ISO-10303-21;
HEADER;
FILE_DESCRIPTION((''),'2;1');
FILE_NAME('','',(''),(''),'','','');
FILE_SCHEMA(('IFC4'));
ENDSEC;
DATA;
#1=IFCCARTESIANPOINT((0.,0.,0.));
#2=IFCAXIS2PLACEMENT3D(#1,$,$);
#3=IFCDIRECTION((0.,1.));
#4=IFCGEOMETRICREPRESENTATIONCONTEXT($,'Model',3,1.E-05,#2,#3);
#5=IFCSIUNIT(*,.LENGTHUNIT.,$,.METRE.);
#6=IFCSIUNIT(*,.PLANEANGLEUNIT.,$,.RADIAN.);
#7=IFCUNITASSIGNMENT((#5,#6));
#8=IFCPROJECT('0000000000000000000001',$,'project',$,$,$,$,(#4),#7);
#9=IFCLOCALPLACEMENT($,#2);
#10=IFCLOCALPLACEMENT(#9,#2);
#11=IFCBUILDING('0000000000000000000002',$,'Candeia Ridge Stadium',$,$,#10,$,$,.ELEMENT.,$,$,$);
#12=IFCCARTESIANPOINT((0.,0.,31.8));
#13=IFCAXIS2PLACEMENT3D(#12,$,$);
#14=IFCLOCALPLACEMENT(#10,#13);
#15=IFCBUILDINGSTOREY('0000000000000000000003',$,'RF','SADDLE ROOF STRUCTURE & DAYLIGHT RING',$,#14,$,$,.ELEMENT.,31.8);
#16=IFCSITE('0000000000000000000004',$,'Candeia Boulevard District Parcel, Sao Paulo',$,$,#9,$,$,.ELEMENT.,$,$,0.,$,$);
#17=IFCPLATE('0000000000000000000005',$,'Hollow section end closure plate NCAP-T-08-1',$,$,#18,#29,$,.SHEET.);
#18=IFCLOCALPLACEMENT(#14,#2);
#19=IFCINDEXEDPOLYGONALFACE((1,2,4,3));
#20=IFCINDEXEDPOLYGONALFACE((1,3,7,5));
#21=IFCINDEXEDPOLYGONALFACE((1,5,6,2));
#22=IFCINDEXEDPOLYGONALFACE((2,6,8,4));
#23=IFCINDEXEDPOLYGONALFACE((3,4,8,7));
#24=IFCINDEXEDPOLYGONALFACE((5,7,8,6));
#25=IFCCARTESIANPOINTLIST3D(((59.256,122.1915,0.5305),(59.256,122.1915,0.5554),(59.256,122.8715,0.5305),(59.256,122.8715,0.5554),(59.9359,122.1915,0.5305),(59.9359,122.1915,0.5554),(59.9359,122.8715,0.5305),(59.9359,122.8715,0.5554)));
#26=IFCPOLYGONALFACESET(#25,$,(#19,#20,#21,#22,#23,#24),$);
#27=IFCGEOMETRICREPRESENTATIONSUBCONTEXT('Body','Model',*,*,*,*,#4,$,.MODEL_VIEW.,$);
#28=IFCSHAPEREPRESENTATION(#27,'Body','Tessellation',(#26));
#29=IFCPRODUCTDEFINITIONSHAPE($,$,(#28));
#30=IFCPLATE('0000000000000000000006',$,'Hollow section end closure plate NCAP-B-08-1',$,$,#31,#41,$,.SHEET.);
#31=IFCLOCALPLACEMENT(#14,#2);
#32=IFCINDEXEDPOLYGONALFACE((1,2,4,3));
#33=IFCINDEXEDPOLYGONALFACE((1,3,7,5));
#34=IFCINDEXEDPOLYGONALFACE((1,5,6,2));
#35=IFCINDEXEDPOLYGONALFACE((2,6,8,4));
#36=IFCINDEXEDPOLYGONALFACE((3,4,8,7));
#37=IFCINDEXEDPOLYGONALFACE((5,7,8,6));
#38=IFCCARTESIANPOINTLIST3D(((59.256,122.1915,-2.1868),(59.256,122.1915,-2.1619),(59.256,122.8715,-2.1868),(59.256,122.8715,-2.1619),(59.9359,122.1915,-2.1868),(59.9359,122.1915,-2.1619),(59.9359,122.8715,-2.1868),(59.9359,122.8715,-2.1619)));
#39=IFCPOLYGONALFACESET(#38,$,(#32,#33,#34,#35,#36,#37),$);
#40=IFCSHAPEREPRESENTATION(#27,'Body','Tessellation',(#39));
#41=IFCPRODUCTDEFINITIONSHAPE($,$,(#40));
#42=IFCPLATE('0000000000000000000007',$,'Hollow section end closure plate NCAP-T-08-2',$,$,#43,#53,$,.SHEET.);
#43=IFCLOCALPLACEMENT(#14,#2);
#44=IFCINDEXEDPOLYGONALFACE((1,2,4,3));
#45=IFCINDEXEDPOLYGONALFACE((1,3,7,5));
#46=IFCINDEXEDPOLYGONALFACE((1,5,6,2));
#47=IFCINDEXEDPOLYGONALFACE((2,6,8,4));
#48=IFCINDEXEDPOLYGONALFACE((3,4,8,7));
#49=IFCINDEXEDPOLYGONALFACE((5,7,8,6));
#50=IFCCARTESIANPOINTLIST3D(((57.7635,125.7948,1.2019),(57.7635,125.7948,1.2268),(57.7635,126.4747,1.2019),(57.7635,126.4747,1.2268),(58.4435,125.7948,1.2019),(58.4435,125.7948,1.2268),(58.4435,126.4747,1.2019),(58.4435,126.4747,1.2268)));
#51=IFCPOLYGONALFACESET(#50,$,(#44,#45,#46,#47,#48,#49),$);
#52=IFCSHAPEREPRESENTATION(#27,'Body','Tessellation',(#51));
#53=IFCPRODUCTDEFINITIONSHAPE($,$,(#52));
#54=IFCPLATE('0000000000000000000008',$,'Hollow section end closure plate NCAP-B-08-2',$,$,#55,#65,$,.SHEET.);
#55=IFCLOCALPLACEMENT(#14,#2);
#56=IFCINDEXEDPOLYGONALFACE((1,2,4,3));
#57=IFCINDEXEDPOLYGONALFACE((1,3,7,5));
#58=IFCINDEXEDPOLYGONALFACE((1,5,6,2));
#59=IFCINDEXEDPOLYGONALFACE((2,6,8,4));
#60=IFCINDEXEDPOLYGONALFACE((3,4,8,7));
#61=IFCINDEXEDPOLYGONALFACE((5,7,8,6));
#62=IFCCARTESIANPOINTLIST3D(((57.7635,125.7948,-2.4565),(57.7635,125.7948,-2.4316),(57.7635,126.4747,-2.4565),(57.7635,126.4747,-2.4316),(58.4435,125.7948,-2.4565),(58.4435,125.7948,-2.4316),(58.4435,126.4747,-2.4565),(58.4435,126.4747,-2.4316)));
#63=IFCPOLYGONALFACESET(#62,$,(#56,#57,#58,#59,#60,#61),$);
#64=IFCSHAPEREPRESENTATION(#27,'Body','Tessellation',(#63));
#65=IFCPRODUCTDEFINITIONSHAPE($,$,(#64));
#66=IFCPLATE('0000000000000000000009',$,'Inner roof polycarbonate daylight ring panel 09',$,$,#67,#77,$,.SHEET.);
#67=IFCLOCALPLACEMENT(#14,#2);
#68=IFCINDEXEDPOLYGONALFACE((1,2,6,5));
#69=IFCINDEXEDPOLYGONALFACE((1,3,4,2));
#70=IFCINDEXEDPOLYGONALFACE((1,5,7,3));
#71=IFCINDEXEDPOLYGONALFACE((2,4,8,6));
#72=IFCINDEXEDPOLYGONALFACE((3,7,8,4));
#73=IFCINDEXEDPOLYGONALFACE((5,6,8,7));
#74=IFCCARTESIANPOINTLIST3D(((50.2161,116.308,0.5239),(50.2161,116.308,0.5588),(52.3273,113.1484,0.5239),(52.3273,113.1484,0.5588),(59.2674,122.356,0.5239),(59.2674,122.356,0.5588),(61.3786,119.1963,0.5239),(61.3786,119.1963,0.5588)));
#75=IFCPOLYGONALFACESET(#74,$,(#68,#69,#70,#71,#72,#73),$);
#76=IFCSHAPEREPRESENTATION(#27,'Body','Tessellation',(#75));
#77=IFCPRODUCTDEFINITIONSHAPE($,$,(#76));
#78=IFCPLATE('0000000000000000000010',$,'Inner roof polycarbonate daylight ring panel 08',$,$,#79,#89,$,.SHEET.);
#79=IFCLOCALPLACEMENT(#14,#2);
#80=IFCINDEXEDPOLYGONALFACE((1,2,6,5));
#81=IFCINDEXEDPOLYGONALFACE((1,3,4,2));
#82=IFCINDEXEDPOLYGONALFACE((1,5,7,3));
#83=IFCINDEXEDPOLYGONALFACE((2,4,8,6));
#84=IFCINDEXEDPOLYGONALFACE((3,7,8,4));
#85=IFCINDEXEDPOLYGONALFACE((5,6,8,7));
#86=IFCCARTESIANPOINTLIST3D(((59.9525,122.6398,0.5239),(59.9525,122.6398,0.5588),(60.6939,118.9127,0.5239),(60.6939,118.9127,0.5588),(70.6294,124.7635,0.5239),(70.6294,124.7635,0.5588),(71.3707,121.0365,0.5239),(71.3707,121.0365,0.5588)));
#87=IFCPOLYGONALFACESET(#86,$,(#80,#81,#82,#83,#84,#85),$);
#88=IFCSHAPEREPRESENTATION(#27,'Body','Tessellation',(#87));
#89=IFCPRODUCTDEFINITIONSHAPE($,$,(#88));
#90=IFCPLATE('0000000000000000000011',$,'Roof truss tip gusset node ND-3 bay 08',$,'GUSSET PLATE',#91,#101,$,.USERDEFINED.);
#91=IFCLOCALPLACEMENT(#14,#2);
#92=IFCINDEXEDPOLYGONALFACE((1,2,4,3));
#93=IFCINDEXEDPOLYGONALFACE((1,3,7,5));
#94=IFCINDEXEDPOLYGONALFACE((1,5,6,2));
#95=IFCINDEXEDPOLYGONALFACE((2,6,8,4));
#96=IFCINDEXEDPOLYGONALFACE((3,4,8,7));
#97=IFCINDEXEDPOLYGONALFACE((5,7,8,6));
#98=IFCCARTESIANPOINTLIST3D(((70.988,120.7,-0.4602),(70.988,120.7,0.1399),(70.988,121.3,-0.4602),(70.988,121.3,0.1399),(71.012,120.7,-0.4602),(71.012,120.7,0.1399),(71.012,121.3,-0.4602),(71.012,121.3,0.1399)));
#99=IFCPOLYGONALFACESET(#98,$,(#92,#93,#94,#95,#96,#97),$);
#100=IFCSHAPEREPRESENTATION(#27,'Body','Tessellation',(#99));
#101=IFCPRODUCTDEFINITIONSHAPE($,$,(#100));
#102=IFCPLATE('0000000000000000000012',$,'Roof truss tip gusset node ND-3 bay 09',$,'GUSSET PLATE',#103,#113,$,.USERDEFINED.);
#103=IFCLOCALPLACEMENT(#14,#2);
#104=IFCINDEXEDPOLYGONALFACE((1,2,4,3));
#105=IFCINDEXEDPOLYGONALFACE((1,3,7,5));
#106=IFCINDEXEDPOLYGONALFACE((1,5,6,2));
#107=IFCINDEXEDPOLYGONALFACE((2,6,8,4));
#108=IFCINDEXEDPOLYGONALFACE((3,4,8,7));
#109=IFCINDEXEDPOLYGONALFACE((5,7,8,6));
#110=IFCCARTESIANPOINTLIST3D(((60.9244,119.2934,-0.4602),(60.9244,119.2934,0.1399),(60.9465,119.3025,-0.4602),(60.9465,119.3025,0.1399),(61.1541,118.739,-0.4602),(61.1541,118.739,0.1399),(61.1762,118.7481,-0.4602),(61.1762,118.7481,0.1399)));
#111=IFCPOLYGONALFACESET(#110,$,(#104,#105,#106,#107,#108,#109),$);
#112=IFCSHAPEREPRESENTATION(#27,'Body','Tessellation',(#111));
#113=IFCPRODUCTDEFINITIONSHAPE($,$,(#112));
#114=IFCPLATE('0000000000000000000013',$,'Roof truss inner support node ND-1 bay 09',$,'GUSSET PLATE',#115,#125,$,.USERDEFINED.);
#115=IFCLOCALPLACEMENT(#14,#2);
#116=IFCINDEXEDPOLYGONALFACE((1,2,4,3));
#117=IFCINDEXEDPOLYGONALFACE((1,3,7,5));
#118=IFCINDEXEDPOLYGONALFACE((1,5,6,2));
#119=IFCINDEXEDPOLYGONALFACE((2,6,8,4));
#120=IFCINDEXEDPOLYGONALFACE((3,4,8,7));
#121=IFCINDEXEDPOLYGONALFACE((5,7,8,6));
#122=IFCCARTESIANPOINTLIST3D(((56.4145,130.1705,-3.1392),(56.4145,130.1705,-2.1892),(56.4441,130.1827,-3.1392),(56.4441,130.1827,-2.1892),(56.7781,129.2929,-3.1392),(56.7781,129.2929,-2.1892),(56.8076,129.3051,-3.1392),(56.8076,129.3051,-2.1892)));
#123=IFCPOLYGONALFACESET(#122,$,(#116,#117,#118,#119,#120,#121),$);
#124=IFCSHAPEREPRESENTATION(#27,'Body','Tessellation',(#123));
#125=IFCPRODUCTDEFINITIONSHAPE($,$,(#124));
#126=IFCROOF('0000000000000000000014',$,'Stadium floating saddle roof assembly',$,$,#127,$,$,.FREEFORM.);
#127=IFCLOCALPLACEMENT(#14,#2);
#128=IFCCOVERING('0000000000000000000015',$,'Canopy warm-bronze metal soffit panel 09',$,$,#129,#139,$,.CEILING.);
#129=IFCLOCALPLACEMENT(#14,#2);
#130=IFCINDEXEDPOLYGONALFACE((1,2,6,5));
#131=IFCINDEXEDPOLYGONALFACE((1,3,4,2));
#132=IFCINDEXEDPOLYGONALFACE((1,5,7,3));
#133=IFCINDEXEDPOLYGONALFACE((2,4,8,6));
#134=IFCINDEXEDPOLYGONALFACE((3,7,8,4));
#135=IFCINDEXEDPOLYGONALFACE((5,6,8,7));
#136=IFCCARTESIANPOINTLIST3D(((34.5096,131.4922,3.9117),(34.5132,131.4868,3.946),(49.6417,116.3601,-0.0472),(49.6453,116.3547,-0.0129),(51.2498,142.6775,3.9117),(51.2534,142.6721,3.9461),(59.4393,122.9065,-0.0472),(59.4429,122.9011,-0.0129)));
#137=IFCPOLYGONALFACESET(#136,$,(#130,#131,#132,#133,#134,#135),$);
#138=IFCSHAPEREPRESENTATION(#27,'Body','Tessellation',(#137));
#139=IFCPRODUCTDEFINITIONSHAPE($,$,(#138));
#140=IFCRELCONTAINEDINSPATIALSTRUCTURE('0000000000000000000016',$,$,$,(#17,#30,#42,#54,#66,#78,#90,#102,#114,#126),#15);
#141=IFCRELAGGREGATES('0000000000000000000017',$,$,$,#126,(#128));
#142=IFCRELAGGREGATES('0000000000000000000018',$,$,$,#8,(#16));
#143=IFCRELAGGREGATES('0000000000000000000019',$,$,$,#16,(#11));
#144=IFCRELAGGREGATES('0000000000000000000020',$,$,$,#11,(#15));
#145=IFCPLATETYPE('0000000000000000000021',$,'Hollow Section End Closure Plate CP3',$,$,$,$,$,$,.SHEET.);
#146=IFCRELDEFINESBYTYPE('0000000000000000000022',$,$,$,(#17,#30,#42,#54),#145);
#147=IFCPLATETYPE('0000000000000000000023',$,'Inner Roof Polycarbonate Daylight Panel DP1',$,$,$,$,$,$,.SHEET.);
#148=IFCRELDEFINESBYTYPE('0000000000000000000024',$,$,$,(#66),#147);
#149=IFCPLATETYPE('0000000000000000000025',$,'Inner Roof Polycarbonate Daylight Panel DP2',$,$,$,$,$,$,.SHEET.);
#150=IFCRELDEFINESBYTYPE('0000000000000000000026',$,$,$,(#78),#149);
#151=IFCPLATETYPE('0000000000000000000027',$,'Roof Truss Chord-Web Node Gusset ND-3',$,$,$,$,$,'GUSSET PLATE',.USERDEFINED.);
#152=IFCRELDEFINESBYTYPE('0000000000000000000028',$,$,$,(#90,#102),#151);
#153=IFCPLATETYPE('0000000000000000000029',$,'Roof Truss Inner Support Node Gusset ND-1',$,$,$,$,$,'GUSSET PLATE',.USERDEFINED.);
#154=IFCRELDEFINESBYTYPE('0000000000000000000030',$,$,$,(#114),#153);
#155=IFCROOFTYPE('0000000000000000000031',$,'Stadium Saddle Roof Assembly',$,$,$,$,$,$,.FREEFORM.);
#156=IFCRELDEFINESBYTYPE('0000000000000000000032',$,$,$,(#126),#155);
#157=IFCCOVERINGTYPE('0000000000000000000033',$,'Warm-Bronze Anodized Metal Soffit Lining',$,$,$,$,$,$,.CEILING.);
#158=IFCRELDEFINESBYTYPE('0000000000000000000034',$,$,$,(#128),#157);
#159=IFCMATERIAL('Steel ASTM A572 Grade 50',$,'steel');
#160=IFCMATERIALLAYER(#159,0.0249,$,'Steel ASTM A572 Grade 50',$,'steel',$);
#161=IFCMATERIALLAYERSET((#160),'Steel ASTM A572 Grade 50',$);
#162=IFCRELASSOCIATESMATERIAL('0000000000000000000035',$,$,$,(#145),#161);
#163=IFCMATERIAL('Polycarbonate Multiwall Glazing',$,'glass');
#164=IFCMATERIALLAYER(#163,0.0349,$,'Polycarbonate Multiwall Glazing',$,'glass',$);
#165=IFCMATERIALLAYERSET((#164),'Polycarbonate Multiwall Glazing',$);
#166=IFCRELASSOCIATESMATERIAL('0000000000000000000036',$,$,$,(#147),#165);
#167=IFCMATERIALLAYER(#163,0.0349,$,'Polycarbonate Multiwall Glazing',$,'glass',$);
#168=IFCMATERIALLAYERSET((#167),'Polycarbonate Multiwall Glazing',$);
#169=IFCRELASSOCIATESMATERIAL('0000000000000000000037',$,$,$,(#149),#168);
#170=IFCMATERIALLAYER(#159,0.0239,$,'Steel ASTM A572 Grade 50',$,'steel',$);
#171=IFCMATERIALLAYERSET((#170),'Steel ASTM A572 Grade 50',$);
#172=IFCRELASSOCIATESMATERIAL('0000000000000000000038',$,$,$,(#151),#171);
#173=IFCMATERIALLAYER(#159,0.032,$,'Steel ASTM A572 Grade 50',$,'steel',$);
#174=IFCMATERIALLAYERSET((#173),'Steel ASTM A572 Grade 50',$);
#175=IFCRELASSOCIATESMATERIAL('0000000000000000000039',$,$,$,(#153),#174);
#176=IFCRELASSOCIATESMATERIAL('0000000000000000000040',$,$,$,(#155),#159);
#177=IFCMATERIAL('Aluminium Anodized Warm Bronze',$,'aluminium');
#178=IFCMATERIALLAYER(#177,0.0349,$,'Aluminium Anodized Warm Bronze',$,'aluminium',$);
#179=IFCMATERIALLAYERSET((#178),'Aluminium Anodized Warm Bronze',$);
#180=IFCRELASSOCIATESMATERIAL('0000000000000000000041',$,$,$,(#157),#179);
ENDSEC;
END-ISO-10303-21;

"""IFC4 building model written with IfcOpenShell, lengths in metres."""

from ifc_helpers import new_model, si_unit, direction, frame, origin, origin_2d, place, context, subcontext, project, spatial, polyline, rectangle, outline, extrude, material, layer, layer_set, type_object, element, aggregate, save


model = new_model("IFC4")

# Units and contexts
model_context = context("Model", 3, precision=1e-05, world=origin(), true_north=direction((0.0, 1.0)))
body_context = subcontext(model_context, "Body", "Model", "MODEL_VIEW")
ifc_project = project(units=[si_unit("LENGTHUNIT", "METRE"), si_unit("PLANEANGLEUNIT", "RADIAN")], contexts=[model_context])

# Site, building, storey
site_placement = place(None, origin())
site = spatial("IfcSite", under=ifc_project, at=site_placement, Name="Candeia Boulevard District Parcel, Sao Paulo", CompositionType="ELEMENT", RefElevation=0.0)
building_placement = place(site_placement, origin())
building = spatial("IfcBuilding", under=site, at=building_placement, Name="Candeia Ridge Stadium", CompositionType="ELEMENT")
storey_placement = place(building_placement, frame((0.0, 0.0, 31.8)))
storey = spatial("IfcBuildingStorey", under=building, at=storey_placement, Name="RF", Description="SADDLE ROOF STRUCTURE & DAYLIGHT RING", CompositionType="ELEMENT", Elevation=31.8)

# Shared definitions
ifc_material_1 = material(Name="Steel ASTM A572 Grade 50", Category="steel")

# Plates
ifc_layer_1 = layer(ifc_material_1, 0.0249, Name="Steel ASTM A572 Grade 50", Category="steel")
ifc_layer_set_1 = layer_set([ifc_layer_1], Name="Steel ASTM A572 Grade 50")
plate_type_1 = type_object("IfcPlateType", Name="Hollow Section End Closure Plate CP3", PredefinedType="SHEET", material=ifc_layer_set_1)
for number, where, z_axis, x_axis, name in (
    (1, (59.5959, 122.5315, 0.5305), (0.0, 0.0, 1.0), (1.0, 0.0, 0.0), "Hollow section end closure plate NCAP-T-08-1"),
    (2, (59.5959, 122.5315, -2.1868), (0.0, 0.0, 1.0), (1.0, 0.0, 0.0), "Hollow section end closure plate NCAP-B-08-1"),
    (3, (58.1035, 126.1348, 1.2019), (0.0, 0.0, 1.0), (1.0, 0.0, 0.0), "Hollow section end closure plate NCAP-T-08-2"),
    (4, (58.1035, 126.1348, -2.4565), (0.0, 0.0, 1.0), (1.0, 0.0, 0.0), "Hollow section end closure plate NCAP-B-08-2"),
):
    element("IfcPlate", number, at=place(storey_placement, frame(where, z_axis=z_axis, x_axis=x_axis)), inside=storey, type_object=plate_type_1, Name=name, PredefinedType="SHEET", context=body_context, shape_type="SweptSolid", body=[
        extrude(rectangle(XDim=0.6799, YDim=0.6799, at=origin_2d()), origin(), (0.0, 0.0, 1.0), 0.0249),
    ])
ifc_material_2 = material(Name="Polycarbonate Multiwall Glazing", Category="glass")
ifc_layer_2 = layer(ifc_material_2, 0.0349, Name="Polycarbonate Multiwall Glazing", Category="glass")
ifc_layer_set_2 = layer_set([ifc_layer_2], Name="Polycarbonate Multiwall Glazing")
plate_type_2 = type_object("IfcPlateType", Name="Inner Roof Polycarbonate Daylight Panel DP1", PredefinedType="SHEET", material=ifc_layer_set_2)
plate_1_placement = place(storey_placement, frame((55.7974, 117.7522, 0.5239), z_axis=(0.0, 0.0, 1.0), x_axis=(-0.83147, -0.55557, 0.0)))
element("IfcPlate", 5, at=plate_1_placement, inside=storey, type_object=plate_type_2, Name="Inner roof polycarbonate daylight ring panel 09", PredefinedType="SHEET", context=body_context, shape_type="SweptSolid", body=[
    extrude(rectangle(XDim=10.886, YDim=3.8, at=origin_2d()), origin(), (0.0, 0.0, 1.0), 0.0349),
])
ifc_layer_3 = layer(ifc_material_2, 0.0349, Name="Polycarbonate Multiwall Glazing", Category="glass")
ifc_layer_set_3 = layer_set([ifc_layer_3], Name="Polycarbonate Multiwall Glazing")
plate_type_3 = type_object("IfcPlateType", Name="Inner Roof Polycarbonate Daylight Panel DP2", PredefinedType="SHEET", material=ifc_layer_set_3)
plate_2_placement = place(storey_placement, frame((65.6616, 121.8381, 0.5239), z_axis=(0.0, 0.0, 1.0), x_axis=(-0.980785, -0.19509, 0.0)))
element("IfcPlate", 6, at=plate_2_placement, inside=storey, type_object=plate_type_3, Name="Inner roof polycarbonate daylight ring panel 08", PredefinedType="SHEET", context=body_context, shape_type="SweptSolid", body=[
    extrude(rectangle(XDim=10.886, YDim=3.8, at=origin_2d()), origin(), (0.0, 0.0, 1.0), 0.0349),
])
ifc_layer_4 = layer(ifc_material_1, 0.0239, Name="Steel ASTM A572 Grade 50", Category="steel")
ifc_layer_set_4 = layer_set([ifc_layer_4], Name="Steel ASTM A572 Grade 50")
plate_type_4 = type_object("IfcPlateType", Name="Roof Truss Chord-Web Node Gusset ND-3", ElementType="GUSSET PLATE", PredefinedType="USERDEFINED", material=ifc_layer_set_4)
for number, where, z_axis, x_axis, name in (
    (7, (71.0, 121.0, -0.4602), (0.0, 0.0, 1.0), (0.0, 1.0, 0.0), "Roof truss tip gusset node ND-3 bay 08"),
    (8, (61.0503, 119.0208, -0.4602), (0.0, 0.0, 1.0), (-0.382683, 0.92388, 0.0), "Roof truss tip gusset node ND-3 bay 09"),
):
    element("IfcPlate", number, at=place(storey_placement, frame(where, z_axis=z_axis, x_axis=x_axis)), inside=storey, type_object=plate_type_4, Name=name, ObjectType="GUSSET PLATE", PredefinedType="USERDEFINED", context=body_context, shape_type="SweptSolid", body=[
        extrude(rectangle(XDim=0.6001, YDim=0.0239, at=origin_2d()), origin(), (0.0, 0.0, 1.0), 0.6001),
    ])
ifc_layer_5 = layer(ifc_material_1, 0.032, Name="Steel ASTM A572 Grade 50", Category="steel")
ifc_layer_set_5 = layer_set([ifc_layer_5], Name="Steel ASTM A572 Grade 50")
plate_type_5 = type_object("IfcPlateType", Name="Roof Truss Inner Support Node Gusset ND-1", ElementType="GUSSET PLATE", PredefinedType="USERDEFINED", material=ifc_layer_set_5)
plate_3_placement = place(storey_placement, frame((56.6111, 129.7378, -3.1392), z_axis=(0.0, 0.0, 1.0), x_axis=(-0.382683, 0.92388, 0.0)))
element("IfcPlate", 9, at=plate_3_placement, inside=storey, type_object=plate_type_5, Name="Roof truss inner support node ND-1 bay 09", ObjectType="GUSSET PLATE", PredefinedType="USERDEFINED", context=body_context, shape_type="SweptSolid", body=[
    extrude(rectangle(XDim=0.95, YDim=0.032, at=origin_2d()), origin(), (0.0, 0.0, 1.0), 0.95),
])

# Roof, covering
roof_type = type_object("IfcRoofType", Name="Stadium Saddle Roof Assembly", PredefinedType="FREEFORM", material=ifc_material_1)
roof_placement = place(storey_placement, origin())
roof = element("IfcRoof", 10, at=roof_placement, inside=storey, type_object=roof_type, Name="Stadium floating saddle roof assembly", PredefinedType="FREEFORM")
ifc_material_3 = material(Name="Aluminium Anodized Warm Bronze", Category="aluminium")
ifc_layer_6 = layer(ifc_material_3, 0.0349, Name="Aluminium Anodized Warm Bronze", Category="aluminium")
ifc_layer_set_6 = layer_set([ifc_layer_6], Name="Aluminium Anodized Warm Bronze")
covering_type = type_object("IfcCoveringType", Name="Warm-Bronze Anodized Metal Soffit Lining", PredefinedType="CEILING", material=ifc_layer_set_6)
covering_placement = place(storey_placement, frame((59.4429, 122.9011, -0.0129), z_axis=(0.102976, -0.154118, 0.982672), x_axis=(-0.831476, -0.555561, 0.000001)))
covering = element("IfcCovering", 11, at=covering_placement, type_object=covering_type, Name="Canopy warm-bronze metal soffit panel 09", PredefinedType="CEILING", context=body_context, shape_type="SweptSolid", body=[
    extrude(outline(polyline([(0.0, 0.0), (11.7834, 0.0), (15.9586, -21.3589), (-4.1747, -21.359), (0.0, 0.0)])), origin(), (0.0, 0.0, -1.0), 0.0349),
])
aggregate(roof, [covering])

save(model, "model.ifc")
